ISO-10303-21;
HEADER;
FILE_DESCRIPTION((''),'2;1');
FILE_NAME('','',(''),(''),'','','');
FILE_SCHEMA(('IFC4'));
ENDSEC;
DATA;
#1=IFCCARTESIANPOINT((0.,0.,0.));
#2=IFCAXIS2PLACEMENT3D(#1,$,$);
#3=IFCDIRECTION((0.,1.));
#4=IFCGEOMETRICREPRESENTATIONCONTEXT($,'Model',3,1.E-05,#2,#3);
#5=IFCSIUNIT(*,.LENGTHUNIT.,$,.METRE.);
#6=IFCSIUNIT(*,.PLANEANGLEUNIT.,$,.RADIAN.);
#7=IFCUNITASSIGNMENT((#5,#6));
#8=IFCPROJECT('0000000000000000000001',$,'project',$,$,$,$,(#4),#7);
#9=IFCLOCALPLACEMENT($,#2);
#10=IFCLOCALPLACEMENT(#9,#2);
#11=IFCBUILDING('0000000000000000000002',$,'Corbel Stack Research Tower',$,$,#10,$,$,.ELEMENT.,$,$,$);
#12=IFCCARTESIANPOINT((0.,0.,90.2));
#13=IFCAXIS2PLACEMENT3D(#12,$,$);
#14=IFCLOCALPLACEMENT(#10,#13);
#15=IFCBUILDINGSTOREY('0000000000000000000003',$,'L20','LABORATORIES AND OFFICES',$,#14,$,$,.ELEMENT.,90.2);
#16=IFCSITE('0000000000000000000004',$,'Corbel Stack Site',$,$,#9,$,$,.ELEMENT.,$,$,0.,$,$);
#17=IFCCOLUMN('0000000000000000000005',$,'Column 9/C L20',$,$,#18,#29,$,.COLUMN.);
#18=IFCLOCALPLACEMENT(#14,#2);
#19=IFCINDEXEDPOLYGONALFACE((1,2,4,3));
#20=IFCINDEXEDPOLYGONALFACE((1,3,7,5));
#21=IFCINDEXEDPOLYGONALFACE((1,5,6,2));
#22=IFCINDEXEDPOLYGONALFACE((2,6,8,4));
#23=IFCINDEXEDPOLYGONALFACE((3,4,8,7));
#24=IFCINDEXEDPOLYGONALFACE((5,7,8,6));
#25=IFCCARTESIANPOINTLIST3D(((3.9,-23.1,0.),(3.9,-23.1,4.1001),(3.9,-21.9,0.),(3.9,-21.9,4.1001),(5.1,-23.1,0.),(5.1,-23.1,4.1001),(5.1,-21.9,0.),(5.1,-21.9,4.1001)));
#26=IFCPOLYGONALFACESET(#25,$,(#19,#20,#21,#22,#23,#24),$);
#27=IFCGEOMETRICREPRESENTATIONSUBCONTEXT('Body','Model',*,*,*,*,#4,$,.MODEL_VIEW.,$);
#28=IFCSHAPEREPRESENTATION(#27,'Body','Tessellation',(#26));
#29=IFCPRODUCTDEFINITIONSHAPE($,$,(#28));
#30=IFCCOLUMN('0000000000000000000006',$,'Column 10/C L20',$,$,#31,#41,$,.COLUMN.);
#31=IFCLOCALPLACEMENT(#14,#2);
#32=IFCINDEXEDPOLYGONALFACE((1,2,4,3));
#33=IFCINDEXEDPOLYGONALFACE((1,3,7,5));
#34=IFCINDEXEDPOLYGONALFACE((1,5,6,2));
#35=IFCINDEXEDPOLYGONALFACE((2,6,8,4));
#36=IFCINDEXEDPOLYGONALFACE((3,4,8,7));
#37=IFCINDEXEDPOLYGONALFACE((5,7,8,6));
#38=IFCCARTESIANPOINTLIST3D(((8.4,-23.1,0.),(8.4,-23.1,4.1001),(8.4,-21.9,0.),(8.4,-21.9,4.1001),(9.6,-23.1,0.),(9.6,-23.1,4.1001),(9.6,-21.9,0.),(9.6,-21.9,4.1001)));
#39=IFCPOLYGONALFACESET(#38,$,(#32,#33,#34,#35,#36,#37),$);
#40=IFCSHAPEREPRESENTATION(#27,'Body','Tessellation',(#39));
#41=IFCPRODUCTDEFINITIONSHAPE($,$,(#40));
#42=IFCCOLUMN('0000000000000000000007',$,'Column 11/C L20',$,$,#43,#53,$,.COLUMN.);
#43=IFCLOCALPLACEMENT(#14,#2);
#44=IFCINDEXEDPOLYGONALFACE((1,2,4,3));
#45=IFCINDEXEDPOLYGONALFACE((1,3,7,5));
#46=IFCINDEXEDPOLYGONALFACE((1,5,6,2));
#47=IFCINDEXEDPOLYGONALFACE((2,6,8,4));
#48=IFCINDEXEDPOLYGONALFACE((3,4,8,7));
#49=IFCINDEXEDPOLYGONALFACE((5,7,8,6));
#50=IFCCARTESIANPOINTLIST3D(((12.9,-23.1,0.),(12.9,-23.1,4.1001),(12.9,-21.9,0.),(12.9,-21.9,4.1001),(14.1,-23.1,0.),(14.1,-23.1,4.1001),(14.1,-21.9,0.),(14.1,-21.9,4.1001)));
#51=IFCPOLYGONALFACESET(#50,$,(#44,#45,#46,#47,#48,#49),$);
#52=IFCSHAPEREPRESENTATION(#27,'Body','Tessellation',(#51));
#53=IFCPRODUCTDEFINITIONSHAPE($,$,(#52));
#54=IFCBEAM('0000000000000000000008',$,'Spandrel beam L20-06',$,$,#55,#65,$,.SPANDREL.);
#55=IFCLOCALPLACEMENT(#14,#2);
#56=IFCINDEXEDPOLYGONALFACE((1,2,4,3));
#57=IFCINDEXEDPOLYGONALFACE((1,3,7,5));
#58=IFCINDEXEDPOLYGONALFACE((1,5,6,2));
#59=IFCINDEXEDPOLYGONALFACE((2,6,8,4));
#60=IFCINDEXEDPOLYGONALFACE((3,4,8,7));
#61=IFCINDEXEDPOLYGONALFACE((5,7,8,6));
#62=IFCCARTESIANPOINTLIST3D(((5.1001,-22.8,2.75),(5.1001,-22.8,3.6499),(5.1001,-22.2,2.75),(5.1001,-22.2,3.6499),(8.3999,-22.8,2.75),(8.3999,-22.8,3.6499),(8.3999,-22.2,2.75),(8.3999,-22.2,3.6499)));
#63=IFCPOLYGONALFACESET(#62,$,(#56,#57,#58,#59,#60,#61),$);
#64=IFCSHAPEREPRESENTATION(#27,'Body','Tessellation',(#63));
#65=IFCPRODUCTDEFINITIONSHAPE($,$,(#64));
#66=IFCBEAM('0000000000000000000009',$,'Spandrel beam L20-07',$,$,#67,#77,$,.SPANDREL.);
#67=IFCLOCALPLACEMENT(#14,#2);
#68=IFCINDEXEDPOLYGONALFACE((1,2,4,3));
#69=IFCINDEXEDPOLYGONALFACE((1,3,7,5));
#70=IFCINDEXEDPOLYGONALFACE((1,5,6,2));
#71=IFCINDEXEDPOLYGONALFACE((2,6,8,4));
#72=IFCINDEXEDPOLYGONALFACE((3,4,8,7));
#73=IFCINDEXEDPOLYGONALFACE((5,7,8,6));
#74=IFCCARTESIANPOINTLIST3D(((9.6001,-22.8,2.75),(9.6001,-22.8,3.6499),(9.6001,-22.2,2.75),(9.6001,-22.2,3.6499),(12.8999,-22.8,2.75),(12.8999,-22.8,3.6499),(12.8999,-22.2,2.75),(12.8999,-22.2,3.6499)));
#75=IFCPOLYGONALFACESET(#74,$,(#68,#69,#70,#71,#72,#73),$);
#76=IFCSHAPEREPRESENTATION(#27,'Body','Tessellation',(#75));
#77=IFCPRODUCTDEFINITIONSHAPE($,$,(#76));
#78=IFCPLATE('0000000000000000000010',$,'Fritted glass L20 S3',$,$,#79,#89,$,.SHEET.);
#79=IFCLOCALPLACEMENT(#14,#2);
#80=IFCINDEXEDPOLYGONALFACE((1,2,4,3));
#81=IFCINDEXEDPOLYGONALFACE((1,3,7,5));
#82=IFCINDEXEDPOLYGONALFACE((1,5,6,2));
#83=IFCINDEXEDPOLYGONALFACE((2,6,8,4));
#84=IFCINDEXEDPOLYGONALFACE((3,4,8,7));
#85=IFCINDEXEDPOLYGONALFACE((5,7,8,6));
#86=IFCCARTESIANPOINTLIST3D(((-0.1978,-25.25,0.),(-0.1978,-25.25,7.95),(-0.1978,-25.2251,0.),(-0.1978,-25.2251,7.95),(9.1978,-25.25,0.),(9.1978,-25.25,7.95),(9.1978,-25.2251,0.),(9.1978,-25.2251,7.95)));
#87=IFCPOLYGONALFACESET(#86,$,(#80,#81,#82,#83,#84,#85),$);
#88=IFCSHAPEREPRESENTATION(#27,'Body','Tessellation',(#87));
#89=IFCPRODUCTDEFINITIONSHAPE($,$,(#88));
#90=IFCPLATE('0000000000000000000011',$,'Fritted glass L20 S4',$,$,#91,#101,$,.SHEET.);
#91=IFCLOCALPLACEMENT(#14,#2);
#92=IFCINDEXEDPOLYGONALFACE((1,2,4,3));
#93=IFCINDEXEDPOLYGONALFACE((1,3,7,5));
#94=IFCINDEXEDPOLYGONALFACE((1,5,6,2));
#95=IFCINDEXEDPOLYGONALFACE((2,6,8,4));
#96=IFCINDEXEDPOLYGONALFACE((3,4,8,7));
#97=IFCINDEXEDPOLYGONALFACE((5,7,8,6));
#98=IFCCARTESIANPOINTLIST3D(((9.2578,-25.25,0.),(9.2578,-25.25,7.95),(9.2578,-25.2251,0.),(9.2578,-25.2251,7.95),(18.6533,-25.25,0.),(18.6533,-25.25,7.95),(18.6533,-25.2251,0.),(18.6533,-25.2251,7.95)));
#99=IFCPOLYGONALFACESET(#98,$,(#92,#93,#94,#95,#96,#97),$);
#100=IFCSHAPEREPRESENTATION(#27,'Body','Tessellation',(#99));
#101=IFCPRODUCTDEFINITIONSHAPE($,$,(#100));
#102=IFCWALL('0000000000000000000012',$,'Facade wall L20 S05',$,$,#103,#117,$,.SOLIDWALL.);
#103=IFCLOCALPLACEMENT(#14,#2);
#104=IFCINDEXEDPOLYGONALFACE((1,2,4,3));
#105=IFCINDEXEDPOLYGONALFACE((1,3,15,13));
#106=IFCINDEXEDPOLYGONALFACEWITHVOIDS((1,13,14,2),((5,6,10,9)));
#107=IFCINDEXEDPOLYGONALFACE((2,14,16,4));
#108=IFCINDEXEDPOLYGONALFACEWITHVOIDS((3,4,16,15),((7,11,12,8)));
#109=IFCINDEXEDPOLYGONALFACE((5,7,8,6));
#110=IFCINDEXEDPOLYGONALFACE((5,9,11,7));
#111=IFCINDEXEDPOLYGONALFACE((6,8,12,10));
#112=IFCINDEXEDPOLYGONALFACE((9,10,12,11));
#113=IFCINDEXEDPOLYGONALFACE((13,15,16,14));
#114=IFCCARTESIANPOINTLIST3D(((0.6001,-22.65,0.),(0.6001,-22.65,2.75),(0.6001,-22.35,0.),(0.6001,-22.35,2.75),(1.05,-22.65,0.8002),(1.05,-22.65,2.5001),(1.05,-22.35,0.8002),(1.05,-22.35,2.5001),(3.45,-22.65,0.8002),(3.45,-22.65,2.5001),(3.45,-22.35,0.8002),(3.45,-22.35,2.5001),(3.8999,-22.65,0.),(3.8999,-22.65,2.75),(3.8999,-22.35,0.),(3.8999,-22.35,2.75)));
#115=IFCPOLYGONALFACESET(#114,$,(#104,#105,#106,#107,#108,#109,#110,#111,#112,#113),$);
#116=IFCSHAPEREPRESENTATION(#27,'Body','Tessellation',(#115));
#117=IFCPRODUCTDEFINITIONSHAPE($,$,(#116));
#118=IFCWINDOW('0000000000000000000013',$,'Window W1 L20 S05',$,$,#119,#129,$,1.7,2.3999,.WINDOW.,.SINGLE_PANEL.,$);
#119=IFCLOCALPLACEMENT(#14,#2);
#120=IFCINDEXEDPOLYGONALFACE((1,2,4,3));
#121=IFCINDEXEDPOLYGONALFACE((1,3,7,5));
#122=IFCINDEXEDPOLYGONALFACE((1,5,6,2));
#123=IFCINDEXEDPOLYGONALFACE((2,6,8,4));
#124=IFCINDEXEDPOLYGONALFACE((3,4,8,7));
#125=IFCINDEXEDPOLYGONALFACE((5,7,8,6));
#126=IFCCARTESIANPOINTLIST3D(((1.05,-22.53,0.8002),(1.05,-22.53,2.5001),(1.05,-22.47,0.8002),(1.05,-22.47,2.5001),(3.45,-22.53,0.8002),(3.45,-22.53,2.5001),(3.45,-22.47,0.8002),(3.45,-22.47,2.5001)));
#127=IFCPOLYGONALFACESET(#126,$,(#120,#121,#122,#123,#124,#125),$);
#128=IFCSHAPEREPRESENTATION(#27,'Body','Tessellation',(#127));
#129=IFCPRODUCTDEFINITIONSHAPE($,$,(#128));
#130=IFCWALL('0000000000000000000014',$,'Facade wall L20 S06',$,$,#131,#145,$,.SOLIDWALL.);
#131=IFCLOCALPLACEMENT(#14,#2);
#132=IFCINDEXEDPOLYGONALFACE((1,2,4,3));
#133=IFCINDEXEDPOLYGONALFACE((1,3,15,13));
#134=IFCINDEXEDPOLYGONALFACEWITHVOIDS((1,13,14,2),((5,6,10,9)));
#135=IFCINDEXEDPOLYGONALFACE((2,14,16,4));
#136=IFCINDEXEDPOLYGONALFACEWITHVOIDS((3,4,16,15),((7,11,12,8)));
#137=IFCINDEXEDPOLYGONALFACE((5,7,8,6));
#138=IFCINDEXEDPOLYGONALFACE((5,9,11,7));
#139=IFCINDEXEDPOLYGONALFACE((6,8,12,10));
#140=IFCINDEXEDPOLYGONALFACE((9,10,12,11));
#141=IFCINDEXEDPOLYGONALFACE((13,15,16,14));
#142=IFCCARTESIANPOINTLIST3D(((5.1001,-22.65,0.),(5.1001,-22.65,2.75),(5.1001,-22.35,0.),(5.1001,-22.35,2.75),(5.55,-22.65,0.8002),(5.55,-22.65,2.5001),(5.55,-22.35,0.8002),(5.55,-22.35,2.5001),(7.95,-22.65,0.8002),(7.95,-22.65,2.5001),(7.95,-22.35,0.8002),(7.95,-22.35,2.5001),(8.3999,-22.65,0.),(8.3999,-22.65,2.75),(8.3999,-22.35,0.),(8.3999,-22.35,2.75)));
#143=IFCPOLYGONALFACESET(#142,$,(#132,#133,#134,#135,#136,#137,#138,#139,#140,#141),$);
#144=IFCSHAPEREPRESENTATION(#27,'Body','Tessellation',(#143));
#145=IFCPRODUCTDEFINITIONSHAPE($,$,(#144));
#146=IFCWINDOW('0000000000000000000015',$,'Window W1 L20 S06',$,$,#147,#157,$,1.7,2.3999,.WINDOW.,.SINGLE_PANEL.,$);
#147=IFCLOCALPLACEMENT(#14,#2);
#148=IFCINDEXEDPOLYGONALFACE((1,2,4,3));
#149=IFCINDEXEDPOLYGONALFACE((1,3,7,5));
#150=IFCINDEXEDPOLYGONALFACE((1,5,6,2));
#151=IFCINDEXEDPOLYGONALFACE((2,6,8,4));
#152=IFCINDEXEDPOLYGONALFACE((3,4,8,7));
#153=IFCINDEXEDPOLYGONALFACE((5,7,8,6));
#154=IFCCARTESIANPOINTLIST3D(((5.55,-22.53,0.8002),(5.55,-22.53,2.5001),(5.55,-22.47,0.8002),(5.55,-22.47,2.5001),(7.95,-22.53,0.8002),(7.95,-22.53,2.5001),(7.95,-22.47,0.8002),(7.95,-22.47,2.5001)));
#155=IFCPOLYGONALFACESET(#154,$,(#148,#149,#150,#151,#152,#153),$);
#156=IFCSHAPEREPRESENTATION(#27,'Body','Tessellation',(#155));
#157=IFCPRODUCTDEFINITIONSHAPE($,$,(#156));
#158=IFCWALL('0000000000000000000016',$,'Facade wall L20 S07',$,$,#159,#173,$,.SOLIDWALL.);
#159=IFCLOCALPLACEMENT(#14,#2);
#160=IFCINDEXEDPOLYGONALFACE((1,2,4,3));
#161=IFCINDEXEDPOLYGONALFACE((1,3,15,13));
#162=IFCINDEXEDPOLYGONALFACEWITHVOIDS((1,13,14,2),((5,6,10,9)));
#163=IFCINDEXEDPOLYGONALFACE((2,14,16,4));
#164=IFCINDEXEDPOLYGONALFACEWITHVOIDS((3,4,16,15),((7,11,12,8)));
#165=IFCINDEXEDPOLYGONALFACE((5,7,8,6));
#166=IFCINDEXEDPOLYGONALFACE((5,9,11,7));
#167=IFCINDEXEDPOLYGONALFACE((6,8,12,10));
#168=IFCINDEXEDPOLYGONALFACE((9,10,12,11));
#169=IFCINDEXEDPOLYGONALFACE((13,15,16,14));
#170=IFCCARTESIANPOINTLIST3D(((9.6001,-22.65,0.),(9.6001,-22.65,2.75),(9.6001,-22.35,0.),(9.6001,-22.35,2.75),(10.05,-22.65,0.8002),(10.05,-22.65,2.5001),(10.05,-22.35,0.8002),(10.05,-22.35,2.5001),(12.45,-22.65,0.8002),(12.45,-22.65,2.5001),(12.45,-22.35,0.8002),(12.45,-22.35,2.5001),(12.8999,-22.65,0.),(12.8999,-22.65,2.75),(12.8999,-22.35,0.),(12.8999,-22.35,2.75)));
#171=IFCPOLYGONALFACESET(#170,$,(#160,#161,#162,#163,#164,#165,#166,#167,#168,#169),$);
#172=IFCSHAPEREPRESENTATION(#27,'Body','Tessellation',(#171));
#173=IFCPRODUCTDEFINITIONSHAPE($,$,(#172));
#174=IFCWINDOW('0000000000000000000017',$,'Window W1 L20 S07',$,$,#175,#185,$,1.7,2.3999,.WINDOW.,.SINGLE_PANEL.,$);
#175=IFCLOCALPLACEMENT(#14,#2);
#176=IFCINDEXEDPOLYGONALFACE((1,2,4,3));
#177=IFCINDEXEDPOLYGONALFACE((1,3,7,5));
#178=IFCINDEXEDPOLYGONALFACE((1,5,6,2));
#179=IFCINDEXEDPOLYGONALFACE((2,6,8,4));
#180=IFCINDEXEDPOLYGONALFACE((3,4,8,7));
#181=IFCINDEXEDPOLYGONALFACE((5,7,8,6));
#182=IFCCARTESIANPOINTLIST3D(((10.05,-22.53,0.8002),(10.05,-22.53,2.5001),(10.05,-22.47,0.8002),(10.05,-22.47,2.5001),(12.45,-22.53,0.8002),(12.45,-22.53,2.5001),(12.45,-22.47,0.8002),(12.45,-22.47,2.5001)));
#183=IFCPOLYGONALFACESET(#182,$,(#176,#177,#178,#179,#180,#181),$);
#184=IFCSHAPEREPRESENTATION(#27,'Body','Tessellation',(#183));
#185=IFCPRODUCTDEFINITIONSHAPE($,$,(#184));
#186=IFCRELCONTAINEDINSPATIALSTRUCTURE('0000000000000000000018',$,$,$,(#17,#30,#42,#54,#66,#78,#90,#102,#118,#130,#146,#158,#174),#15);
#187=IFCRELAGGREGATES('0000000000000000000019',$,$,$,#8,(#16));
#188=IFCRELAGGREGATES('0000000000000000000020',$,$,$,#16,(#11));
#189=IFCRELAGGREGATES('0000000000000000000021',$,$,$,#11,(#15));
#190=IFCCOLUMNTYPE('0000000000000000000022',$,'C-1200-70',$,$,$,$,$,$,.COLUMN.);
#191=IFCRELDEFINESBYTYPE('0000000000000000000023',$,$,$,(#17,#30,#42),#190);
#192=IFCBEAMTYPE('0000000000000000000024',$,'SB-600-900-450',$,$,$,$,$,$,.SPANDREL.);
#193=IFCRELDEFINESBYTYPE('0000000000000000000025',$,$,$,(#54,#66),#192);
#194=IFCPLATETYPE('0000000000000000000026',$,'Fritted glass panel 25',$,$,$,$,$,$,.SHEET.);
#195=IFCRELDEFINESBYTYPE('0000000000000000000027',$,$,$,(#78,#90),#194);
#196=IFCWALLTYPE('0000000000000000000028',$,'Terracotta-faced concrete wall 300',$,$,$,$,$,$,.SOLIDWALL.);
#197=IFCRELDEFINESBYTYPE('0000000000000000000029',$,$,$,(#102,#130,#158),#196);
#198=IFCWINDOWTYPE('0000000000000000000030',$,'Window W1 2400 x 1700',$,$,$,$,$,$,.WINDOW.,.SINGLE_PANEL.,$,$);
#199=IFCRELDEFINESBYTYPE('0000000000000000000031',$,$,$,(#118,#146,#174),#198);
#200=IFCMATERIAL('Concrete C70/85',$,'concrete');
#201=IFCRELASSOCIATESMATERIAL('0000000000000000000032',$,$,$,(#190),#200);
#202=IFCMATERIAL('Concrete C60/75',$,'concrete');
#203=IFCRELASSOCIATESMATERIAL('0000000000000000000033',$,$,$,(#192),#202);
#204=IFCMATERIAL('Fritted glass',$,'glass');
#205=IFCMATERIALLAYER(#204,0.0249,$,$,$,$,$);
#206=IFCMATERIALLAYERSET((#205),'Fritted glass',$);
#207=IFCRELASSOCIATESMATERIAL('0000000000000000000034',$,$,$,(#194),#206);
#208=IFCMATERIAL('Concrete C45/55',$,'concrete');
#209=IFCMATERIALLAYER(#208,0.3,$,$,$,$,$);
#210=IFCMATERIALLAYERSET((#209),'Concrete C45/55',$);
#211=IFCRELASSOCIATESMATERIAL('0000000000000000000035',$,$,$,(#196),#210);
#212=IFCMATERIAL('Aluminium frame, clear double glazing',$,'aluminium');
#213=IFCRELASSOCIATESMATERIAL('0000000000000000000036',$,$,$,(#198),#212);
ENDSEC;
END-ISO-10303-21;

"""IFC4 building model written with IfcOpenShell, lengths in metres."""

from ifc_helpers import new_model, si_unit, direction, frame, frame_2d, origin, origin_2d, place, context, subcontext, project, spatial, rectangle, extrude, material, layer, layer_set, material_profile, profile_set, type_object, element, fill, save


model = new_model("IFC4")

# Units and contexts
model_context = context("Model", 3, precision=1e-05, world=origin(), true_north=direction((0.0, 1.0)))
body_context = subcontext(model_context, "Body", "Model", "MODEL_VIEW")
ifc_project = project(units=[si_unit("LENGTHUNIT", "METRE"), si_unit("PLANEANGLEUNIT", "RADIAN")], contexts=[model_context])

# Site, building, storey
site_placement = place(None, origin())
site = spatial("IfcSite", under=ifc_project, at=site_placement, Name="Corbel Stack Site", CompositionType="ELEMENT", RefElevation=0.0)
building_placement = place(site_placement, origin())
building = spatial("IfcBuilding", under=site, at=building_placement, Name="Corbel Stack Research Tower", CompositionType="ELEMENT")
storey_placement = place(building_placement, frame((0.0, 0.0, 90.2)))
storey = spatial("IfcBuildingStorey", under=building, at=storey_placement, Name="L20", Description="LABORATORIES AND OFFICES", CompositionType="ELEMENT", Elevation=90.2)

# Columns
ifc_material_1 = material(Name="Concrete C70/85", Category="concrete")
ifc_material_profile_1 = material_profile(ifc_material_1, rectangle(XDim=1.2, YDim=1.2, at=origin_2d()), Name="RC 1200 x 1200")
ifc_profile_set_1 = profile_set([ifc_material_profile_1], Name="Concrete C70/85")
column_type = type_object("IfcColumnType", Name="C-1200-70", PredefinedType="COLUMN", material=ifc_profile_set_1)
for number, where, z_axis, x_axis, name in (
    (1, (4.5, -22.5, 0.0), (0.0, 0.0, 1.0), (1.0, 0.0, 0.0), "Column 9/C L20"),
    (2, (9.0, -22.5, 0.0), (0.0, 0.0, 1.0), (1.0, 0.0, 0.0), "Column 10/C L20"),
    (3, (13.5, -22.5, 0.0), (0.0, 0.0, 1.0), (1.0, 0.0, 0.0), "Column 11/C L20"),
):
    element("IfcColumn", number, at=place(storey_placement, frame(where, z_axis=z_axis, x_axis=x_axis)), inside=storey, type_object=column_type, Name=name, PredefinedType="COLUMN", context=body_context, shape_type="SweptSolid", body=[
        extrude(rectangle(XDim=1.2, YDim=1.2, at=origin_2d()), origin(), (0.0, 0.0, 1.0), 4.1001),
    ])

# Beams
ifc_material_2 = material(Name="Concrete C60/75", Category="concrete")
ifc_material_profile_2 = material_profile(ifc_material_2, rectangle(XDim=0.6001, YDim=0.8999, at=origin_2d()), Name="RC 600 x 900")
ifc_profile_set_2 = profile_set([ifc_material_profile_2], Name="Concrete C60/75")
beam_type = type_object("IfcBeamType", Name="SB-600-900-450", PredefinedType="SPANDREL", material=ifc_profile_set_2)
for number, where, z_axis, x_axis, name in (
    (4, (5.1001, -22.5, 3.2), (1.0, 0.0, 0.0), (0.0, 1.0, 0.0), "Spandrel beam L20-06"),
    (5, (9.6001, -22.5, 3.2), (1.0, 0.0, 0.0), (0.0, 1.0, 0.0), "Spandrel beam L20-07"),
):
    element("IfcBeam", number, at=place(storey_placement, frame(where, z_axis=z_axis, x_axis=x_axis)), inside=storey, type_object=beam_type, Name=name, PredefinedType="SPANDREL", context=body_context, shape_type="SweptSolid", body=[
        extrude(rectangle(XDim=0.6001, YDim=0.8999, at=origin_2d()), origin(), (0.0, 0.0, 1.0), 3.2998),
    ])

# Plates
ifc_material_3 = material(Name="Fritted glass", Category="glass")
ifc_layer_1 = layer(ifc_material_3, 0.0249)
ifc_layer_set_1 = layer_set([ifc_layer_1], Name="Fritted glass")
plate_type = type_object("IfcPlateType", Name="Fritted glass panel 25", PredefinedType="SHEET", material=ifc_layer_set_1)
for number, where, z_axis, x_axis, name in (
    (6, (4.5, -25.2375, 0.0), (0.0, 0.0, 1.0), (1.0, 0.0, 0.0), "Fritted glass L20 S3"),
    (7, (13.9556, -25.2375, 0.0), (0.0, 0.0, 1.0), (1.0, 0.0, 0.0), "Fritted glass L20 S4"),
):
    element("IfcPlate", number, at=place(storey_placement, frame(where, z_axis=z_axis, x_axis=x_axis)), inside=storey, type_object=plate_type, Name=name, PredefinedType="SHEET", context=body_context, shape_type="SweptSolid", body=[
        extrude(rectangle(XDim=9.3955, YDim=0.0249, at=origin_2d()), origin(), (0.0, 0.0, 1.0), 7.95),
    ])

# Walls, openings, windows
ifc_material_4 = material(Name="Concrete C45/55", Category="concrete")
ifc_layer_2 = layer(ifc_material_4, 0.3)
ifc_layer_set_2 = layer_set([ifc_layer_2], Name="Concrete C45/55")
wall_type = type_object("IfcWallType", Name="Terracotta-faced concrete wall 300", PredefinedType="SOLIDWALL", material=ifc_layer_set_2)
wall_1_placement = place(storey_placement, frame((3.8999, -22.5, 0.0), z_axis=(0.0, 0.0, 1.0), x_axis=(-1.0, 0.0, 0.0)))
wall_1 = element("IfcWall", 8, at=wall_1_placement, inside=storey, type_object=wall_type, Name="Facade wall L20 S05", PredefinedType="SOLIDWALL", context=body_context, shape_type="SweptSolid", body=[
    extrude(rectangle(XDim=3.2998, YDim=0.3, at=frame_2d((1.6499, 0.0))), origin(), (0.0, 0.0, 1.0), 2.75),
])
opening_1_placement = place(wall_1_placement, frame((0.45, 0.0, 0.8)))
opening_1 = element("IfcOpeningElement", 9, at=opening_1_placement, cuts=wall_1, PredefinedType="OPENING", context=body_context, shape_type="SweptSolid", body=[
    extrude(rectangle(XDim=2.3999, YDim=1.7, at=frame_2d((1.2, 0.8501))), frame((0.0, 0.1599, 0.0), z_axis=(0.0, -1.0, 0.0), x_axis=(1.0, 0.0, 0.0)), (0.0, 0.0, 1.0), 0.3201),
])
ifc_material_5 = material(Name="Aluminium frame, clear double glazing", Category="aluminium")
window_type = type_object("IfcWindowType", Name="Window W1 2400 x 1700", PartitioningType="SINGLE_PANEL", PredefinedType="WINDOW", material=ifc_material_5)
window_1_placement = place(opening_1_placement, origin())
window_1 = element("IfcWindow", 10, at=window_1_placement, inside=storey, type_object=window_type, Name="Window W1 L20 S05", OverallHeight=1.7, OverallWidth=2.3999, PartitioningType="SINGLE_PANEL", PredefinedType="WINDOW", context=body_context, shape_type="SweptSolid", body=[
    extrude(rectangle(XDim=2.3999, YDim=1.7, at=frame_2d((1.2, 0.8501))), frame((0.0, 0.03, 0.0), z_axis=(0.0, -1.0, 0.0), x_axis=(1.0, 0.0, 0.0)), (0.0, 0.0, 1.0), 0.0601),
])
fill(opening_1, window_1)
wall_2_placement = place(storey_placement, frame((8.3999, -22.5, 0.0), z_axis=(0.0, 0.0, 1.0), x_axis=(-1.0, 0.0, 0.0)))
wall_2 = element("IfcWall", 11, at=wall_2_placement, inside=storey, type_object=wall_type, Name="Facade wall L20 S06", PredefinedType="SOLIDWALL", context=body_context, shape_type="SweptSolid", body=[
    extrude(rectangle(XDim=3.2998, YDim=0.3, at=frame_2d((1.6499, 0.0))), origin(), (0.0, 0.0, 1.0), 2.75),
])
opening_2_placement = place(wall_2_placement, frame((0.45, 0.0, 0.8)))
opening_2 = element("IfcOpeningElement", 12, at=opening_2_placement, cuts=wall_2, PredefinedType="OPENING", context=body_context, shape_type="SweptSolid", body=[
    extrude(rectangle(XDim=2.3999, YDim=1.7, at=frame_2d((1.2, 0.8501))), frame((0.0, 0.1599, 0.0), z_axis=(0.0, -1.0, 0.0), x_axis=(1.0, 0.0, 0.0)), (0.0, 0.0, 1.0), 0.3201),
])
window_2_placement = place(opening_2_placement, origin())
window_2 = element("IfcWindow", 13, at=window_2_placement, inside=storey, type_object=window_type, Name="Window W1 L20 S06", OverallHeight=1.7, OverallWidth=2.3999, PartitioningType="SINGLE_PANEL", PredefinedType="WINDOW", context=body_context, shape_type="SweptSolid", body=[
    extrude(rectangle(XDim=2.3999, YDim=1.7, at=frame_2d((1.2, 0.8501))), frame((0.0, 0.03, 0.0), z_axis=(0.0, -1.0, 0.0), x_axis=(1.0, 0.0, 0.0)), (0.0, 0.0, 1.0), 0.0601),
])
fill(opening_2, window_2)
wall_3_placement = place(storey_placement, frame((12.8999, -22.5, 0.0), z_axis=(0.0, 0.0, 1.0), x_axis=(-1.0, 0.0, 0.0)))
wall_3 = element("IfcWall", 14, at=wall_3_placement, inside=storey, type_object=wall_type, Name="Facade wall L20 S07", PredefinedType="SOLIDWALL", context=body_context, shape_type="SweptSolid", body=[
    extrude(rectangle(XDim=3.2998, YDim=0.3, at=frame_2d((1.6499, 0.0))), origin(), (0.0, 0.0, 1.0), 2.75),
])
opening_3_placement = place(wall_3_placement, frame((0.45, 0.0, 0.8)))
opening_3 = element("IfcOpeningElement", 15, at=opening_3_placement, cuts=wall_3, PredefinedType="OPENING", context=body_context, shape_type="SweptSolid", body=[
    extrude(rectangle(XDim=2.3999, YDim=1.7, at=frame_2d((1.2, 0.8501))), frame((0.0, 0.1599, 0.0), z_axis=(0.0, -1.0, 0.0), x_axis=(1.0, 0.0, 0.0)), (0.0, 0.0, 1.0), 0.3201),
])
window_3_placement = place(opening_3_placement, origin())
window_3 = element("IfcWindow", 16, at=window_3_placement, inside=storey, type_object=window_type, Name="Window W1 L20 S07", OverallHeight=1.7, OverallWidth=2.3999, PartitioningType="SINGLE_PANEL", PredefinedType="WINDOW", context=body_context, shape_type="SweptSolid", body=[
    extrude(rectangle(XDim=2.3999, YDim=1.7, at=frame_2d((1.2, 0.8501))), frame((0.0, 0.03, 0.0), z_axis=(0.0, -1.0, 0.0), x_axis=(1.0, 0.0, 0.0)), (0.0, 0.0, 1.0), 0.0601),
])
fill(opening_3, window_3)

save(model, "model.ifc")
